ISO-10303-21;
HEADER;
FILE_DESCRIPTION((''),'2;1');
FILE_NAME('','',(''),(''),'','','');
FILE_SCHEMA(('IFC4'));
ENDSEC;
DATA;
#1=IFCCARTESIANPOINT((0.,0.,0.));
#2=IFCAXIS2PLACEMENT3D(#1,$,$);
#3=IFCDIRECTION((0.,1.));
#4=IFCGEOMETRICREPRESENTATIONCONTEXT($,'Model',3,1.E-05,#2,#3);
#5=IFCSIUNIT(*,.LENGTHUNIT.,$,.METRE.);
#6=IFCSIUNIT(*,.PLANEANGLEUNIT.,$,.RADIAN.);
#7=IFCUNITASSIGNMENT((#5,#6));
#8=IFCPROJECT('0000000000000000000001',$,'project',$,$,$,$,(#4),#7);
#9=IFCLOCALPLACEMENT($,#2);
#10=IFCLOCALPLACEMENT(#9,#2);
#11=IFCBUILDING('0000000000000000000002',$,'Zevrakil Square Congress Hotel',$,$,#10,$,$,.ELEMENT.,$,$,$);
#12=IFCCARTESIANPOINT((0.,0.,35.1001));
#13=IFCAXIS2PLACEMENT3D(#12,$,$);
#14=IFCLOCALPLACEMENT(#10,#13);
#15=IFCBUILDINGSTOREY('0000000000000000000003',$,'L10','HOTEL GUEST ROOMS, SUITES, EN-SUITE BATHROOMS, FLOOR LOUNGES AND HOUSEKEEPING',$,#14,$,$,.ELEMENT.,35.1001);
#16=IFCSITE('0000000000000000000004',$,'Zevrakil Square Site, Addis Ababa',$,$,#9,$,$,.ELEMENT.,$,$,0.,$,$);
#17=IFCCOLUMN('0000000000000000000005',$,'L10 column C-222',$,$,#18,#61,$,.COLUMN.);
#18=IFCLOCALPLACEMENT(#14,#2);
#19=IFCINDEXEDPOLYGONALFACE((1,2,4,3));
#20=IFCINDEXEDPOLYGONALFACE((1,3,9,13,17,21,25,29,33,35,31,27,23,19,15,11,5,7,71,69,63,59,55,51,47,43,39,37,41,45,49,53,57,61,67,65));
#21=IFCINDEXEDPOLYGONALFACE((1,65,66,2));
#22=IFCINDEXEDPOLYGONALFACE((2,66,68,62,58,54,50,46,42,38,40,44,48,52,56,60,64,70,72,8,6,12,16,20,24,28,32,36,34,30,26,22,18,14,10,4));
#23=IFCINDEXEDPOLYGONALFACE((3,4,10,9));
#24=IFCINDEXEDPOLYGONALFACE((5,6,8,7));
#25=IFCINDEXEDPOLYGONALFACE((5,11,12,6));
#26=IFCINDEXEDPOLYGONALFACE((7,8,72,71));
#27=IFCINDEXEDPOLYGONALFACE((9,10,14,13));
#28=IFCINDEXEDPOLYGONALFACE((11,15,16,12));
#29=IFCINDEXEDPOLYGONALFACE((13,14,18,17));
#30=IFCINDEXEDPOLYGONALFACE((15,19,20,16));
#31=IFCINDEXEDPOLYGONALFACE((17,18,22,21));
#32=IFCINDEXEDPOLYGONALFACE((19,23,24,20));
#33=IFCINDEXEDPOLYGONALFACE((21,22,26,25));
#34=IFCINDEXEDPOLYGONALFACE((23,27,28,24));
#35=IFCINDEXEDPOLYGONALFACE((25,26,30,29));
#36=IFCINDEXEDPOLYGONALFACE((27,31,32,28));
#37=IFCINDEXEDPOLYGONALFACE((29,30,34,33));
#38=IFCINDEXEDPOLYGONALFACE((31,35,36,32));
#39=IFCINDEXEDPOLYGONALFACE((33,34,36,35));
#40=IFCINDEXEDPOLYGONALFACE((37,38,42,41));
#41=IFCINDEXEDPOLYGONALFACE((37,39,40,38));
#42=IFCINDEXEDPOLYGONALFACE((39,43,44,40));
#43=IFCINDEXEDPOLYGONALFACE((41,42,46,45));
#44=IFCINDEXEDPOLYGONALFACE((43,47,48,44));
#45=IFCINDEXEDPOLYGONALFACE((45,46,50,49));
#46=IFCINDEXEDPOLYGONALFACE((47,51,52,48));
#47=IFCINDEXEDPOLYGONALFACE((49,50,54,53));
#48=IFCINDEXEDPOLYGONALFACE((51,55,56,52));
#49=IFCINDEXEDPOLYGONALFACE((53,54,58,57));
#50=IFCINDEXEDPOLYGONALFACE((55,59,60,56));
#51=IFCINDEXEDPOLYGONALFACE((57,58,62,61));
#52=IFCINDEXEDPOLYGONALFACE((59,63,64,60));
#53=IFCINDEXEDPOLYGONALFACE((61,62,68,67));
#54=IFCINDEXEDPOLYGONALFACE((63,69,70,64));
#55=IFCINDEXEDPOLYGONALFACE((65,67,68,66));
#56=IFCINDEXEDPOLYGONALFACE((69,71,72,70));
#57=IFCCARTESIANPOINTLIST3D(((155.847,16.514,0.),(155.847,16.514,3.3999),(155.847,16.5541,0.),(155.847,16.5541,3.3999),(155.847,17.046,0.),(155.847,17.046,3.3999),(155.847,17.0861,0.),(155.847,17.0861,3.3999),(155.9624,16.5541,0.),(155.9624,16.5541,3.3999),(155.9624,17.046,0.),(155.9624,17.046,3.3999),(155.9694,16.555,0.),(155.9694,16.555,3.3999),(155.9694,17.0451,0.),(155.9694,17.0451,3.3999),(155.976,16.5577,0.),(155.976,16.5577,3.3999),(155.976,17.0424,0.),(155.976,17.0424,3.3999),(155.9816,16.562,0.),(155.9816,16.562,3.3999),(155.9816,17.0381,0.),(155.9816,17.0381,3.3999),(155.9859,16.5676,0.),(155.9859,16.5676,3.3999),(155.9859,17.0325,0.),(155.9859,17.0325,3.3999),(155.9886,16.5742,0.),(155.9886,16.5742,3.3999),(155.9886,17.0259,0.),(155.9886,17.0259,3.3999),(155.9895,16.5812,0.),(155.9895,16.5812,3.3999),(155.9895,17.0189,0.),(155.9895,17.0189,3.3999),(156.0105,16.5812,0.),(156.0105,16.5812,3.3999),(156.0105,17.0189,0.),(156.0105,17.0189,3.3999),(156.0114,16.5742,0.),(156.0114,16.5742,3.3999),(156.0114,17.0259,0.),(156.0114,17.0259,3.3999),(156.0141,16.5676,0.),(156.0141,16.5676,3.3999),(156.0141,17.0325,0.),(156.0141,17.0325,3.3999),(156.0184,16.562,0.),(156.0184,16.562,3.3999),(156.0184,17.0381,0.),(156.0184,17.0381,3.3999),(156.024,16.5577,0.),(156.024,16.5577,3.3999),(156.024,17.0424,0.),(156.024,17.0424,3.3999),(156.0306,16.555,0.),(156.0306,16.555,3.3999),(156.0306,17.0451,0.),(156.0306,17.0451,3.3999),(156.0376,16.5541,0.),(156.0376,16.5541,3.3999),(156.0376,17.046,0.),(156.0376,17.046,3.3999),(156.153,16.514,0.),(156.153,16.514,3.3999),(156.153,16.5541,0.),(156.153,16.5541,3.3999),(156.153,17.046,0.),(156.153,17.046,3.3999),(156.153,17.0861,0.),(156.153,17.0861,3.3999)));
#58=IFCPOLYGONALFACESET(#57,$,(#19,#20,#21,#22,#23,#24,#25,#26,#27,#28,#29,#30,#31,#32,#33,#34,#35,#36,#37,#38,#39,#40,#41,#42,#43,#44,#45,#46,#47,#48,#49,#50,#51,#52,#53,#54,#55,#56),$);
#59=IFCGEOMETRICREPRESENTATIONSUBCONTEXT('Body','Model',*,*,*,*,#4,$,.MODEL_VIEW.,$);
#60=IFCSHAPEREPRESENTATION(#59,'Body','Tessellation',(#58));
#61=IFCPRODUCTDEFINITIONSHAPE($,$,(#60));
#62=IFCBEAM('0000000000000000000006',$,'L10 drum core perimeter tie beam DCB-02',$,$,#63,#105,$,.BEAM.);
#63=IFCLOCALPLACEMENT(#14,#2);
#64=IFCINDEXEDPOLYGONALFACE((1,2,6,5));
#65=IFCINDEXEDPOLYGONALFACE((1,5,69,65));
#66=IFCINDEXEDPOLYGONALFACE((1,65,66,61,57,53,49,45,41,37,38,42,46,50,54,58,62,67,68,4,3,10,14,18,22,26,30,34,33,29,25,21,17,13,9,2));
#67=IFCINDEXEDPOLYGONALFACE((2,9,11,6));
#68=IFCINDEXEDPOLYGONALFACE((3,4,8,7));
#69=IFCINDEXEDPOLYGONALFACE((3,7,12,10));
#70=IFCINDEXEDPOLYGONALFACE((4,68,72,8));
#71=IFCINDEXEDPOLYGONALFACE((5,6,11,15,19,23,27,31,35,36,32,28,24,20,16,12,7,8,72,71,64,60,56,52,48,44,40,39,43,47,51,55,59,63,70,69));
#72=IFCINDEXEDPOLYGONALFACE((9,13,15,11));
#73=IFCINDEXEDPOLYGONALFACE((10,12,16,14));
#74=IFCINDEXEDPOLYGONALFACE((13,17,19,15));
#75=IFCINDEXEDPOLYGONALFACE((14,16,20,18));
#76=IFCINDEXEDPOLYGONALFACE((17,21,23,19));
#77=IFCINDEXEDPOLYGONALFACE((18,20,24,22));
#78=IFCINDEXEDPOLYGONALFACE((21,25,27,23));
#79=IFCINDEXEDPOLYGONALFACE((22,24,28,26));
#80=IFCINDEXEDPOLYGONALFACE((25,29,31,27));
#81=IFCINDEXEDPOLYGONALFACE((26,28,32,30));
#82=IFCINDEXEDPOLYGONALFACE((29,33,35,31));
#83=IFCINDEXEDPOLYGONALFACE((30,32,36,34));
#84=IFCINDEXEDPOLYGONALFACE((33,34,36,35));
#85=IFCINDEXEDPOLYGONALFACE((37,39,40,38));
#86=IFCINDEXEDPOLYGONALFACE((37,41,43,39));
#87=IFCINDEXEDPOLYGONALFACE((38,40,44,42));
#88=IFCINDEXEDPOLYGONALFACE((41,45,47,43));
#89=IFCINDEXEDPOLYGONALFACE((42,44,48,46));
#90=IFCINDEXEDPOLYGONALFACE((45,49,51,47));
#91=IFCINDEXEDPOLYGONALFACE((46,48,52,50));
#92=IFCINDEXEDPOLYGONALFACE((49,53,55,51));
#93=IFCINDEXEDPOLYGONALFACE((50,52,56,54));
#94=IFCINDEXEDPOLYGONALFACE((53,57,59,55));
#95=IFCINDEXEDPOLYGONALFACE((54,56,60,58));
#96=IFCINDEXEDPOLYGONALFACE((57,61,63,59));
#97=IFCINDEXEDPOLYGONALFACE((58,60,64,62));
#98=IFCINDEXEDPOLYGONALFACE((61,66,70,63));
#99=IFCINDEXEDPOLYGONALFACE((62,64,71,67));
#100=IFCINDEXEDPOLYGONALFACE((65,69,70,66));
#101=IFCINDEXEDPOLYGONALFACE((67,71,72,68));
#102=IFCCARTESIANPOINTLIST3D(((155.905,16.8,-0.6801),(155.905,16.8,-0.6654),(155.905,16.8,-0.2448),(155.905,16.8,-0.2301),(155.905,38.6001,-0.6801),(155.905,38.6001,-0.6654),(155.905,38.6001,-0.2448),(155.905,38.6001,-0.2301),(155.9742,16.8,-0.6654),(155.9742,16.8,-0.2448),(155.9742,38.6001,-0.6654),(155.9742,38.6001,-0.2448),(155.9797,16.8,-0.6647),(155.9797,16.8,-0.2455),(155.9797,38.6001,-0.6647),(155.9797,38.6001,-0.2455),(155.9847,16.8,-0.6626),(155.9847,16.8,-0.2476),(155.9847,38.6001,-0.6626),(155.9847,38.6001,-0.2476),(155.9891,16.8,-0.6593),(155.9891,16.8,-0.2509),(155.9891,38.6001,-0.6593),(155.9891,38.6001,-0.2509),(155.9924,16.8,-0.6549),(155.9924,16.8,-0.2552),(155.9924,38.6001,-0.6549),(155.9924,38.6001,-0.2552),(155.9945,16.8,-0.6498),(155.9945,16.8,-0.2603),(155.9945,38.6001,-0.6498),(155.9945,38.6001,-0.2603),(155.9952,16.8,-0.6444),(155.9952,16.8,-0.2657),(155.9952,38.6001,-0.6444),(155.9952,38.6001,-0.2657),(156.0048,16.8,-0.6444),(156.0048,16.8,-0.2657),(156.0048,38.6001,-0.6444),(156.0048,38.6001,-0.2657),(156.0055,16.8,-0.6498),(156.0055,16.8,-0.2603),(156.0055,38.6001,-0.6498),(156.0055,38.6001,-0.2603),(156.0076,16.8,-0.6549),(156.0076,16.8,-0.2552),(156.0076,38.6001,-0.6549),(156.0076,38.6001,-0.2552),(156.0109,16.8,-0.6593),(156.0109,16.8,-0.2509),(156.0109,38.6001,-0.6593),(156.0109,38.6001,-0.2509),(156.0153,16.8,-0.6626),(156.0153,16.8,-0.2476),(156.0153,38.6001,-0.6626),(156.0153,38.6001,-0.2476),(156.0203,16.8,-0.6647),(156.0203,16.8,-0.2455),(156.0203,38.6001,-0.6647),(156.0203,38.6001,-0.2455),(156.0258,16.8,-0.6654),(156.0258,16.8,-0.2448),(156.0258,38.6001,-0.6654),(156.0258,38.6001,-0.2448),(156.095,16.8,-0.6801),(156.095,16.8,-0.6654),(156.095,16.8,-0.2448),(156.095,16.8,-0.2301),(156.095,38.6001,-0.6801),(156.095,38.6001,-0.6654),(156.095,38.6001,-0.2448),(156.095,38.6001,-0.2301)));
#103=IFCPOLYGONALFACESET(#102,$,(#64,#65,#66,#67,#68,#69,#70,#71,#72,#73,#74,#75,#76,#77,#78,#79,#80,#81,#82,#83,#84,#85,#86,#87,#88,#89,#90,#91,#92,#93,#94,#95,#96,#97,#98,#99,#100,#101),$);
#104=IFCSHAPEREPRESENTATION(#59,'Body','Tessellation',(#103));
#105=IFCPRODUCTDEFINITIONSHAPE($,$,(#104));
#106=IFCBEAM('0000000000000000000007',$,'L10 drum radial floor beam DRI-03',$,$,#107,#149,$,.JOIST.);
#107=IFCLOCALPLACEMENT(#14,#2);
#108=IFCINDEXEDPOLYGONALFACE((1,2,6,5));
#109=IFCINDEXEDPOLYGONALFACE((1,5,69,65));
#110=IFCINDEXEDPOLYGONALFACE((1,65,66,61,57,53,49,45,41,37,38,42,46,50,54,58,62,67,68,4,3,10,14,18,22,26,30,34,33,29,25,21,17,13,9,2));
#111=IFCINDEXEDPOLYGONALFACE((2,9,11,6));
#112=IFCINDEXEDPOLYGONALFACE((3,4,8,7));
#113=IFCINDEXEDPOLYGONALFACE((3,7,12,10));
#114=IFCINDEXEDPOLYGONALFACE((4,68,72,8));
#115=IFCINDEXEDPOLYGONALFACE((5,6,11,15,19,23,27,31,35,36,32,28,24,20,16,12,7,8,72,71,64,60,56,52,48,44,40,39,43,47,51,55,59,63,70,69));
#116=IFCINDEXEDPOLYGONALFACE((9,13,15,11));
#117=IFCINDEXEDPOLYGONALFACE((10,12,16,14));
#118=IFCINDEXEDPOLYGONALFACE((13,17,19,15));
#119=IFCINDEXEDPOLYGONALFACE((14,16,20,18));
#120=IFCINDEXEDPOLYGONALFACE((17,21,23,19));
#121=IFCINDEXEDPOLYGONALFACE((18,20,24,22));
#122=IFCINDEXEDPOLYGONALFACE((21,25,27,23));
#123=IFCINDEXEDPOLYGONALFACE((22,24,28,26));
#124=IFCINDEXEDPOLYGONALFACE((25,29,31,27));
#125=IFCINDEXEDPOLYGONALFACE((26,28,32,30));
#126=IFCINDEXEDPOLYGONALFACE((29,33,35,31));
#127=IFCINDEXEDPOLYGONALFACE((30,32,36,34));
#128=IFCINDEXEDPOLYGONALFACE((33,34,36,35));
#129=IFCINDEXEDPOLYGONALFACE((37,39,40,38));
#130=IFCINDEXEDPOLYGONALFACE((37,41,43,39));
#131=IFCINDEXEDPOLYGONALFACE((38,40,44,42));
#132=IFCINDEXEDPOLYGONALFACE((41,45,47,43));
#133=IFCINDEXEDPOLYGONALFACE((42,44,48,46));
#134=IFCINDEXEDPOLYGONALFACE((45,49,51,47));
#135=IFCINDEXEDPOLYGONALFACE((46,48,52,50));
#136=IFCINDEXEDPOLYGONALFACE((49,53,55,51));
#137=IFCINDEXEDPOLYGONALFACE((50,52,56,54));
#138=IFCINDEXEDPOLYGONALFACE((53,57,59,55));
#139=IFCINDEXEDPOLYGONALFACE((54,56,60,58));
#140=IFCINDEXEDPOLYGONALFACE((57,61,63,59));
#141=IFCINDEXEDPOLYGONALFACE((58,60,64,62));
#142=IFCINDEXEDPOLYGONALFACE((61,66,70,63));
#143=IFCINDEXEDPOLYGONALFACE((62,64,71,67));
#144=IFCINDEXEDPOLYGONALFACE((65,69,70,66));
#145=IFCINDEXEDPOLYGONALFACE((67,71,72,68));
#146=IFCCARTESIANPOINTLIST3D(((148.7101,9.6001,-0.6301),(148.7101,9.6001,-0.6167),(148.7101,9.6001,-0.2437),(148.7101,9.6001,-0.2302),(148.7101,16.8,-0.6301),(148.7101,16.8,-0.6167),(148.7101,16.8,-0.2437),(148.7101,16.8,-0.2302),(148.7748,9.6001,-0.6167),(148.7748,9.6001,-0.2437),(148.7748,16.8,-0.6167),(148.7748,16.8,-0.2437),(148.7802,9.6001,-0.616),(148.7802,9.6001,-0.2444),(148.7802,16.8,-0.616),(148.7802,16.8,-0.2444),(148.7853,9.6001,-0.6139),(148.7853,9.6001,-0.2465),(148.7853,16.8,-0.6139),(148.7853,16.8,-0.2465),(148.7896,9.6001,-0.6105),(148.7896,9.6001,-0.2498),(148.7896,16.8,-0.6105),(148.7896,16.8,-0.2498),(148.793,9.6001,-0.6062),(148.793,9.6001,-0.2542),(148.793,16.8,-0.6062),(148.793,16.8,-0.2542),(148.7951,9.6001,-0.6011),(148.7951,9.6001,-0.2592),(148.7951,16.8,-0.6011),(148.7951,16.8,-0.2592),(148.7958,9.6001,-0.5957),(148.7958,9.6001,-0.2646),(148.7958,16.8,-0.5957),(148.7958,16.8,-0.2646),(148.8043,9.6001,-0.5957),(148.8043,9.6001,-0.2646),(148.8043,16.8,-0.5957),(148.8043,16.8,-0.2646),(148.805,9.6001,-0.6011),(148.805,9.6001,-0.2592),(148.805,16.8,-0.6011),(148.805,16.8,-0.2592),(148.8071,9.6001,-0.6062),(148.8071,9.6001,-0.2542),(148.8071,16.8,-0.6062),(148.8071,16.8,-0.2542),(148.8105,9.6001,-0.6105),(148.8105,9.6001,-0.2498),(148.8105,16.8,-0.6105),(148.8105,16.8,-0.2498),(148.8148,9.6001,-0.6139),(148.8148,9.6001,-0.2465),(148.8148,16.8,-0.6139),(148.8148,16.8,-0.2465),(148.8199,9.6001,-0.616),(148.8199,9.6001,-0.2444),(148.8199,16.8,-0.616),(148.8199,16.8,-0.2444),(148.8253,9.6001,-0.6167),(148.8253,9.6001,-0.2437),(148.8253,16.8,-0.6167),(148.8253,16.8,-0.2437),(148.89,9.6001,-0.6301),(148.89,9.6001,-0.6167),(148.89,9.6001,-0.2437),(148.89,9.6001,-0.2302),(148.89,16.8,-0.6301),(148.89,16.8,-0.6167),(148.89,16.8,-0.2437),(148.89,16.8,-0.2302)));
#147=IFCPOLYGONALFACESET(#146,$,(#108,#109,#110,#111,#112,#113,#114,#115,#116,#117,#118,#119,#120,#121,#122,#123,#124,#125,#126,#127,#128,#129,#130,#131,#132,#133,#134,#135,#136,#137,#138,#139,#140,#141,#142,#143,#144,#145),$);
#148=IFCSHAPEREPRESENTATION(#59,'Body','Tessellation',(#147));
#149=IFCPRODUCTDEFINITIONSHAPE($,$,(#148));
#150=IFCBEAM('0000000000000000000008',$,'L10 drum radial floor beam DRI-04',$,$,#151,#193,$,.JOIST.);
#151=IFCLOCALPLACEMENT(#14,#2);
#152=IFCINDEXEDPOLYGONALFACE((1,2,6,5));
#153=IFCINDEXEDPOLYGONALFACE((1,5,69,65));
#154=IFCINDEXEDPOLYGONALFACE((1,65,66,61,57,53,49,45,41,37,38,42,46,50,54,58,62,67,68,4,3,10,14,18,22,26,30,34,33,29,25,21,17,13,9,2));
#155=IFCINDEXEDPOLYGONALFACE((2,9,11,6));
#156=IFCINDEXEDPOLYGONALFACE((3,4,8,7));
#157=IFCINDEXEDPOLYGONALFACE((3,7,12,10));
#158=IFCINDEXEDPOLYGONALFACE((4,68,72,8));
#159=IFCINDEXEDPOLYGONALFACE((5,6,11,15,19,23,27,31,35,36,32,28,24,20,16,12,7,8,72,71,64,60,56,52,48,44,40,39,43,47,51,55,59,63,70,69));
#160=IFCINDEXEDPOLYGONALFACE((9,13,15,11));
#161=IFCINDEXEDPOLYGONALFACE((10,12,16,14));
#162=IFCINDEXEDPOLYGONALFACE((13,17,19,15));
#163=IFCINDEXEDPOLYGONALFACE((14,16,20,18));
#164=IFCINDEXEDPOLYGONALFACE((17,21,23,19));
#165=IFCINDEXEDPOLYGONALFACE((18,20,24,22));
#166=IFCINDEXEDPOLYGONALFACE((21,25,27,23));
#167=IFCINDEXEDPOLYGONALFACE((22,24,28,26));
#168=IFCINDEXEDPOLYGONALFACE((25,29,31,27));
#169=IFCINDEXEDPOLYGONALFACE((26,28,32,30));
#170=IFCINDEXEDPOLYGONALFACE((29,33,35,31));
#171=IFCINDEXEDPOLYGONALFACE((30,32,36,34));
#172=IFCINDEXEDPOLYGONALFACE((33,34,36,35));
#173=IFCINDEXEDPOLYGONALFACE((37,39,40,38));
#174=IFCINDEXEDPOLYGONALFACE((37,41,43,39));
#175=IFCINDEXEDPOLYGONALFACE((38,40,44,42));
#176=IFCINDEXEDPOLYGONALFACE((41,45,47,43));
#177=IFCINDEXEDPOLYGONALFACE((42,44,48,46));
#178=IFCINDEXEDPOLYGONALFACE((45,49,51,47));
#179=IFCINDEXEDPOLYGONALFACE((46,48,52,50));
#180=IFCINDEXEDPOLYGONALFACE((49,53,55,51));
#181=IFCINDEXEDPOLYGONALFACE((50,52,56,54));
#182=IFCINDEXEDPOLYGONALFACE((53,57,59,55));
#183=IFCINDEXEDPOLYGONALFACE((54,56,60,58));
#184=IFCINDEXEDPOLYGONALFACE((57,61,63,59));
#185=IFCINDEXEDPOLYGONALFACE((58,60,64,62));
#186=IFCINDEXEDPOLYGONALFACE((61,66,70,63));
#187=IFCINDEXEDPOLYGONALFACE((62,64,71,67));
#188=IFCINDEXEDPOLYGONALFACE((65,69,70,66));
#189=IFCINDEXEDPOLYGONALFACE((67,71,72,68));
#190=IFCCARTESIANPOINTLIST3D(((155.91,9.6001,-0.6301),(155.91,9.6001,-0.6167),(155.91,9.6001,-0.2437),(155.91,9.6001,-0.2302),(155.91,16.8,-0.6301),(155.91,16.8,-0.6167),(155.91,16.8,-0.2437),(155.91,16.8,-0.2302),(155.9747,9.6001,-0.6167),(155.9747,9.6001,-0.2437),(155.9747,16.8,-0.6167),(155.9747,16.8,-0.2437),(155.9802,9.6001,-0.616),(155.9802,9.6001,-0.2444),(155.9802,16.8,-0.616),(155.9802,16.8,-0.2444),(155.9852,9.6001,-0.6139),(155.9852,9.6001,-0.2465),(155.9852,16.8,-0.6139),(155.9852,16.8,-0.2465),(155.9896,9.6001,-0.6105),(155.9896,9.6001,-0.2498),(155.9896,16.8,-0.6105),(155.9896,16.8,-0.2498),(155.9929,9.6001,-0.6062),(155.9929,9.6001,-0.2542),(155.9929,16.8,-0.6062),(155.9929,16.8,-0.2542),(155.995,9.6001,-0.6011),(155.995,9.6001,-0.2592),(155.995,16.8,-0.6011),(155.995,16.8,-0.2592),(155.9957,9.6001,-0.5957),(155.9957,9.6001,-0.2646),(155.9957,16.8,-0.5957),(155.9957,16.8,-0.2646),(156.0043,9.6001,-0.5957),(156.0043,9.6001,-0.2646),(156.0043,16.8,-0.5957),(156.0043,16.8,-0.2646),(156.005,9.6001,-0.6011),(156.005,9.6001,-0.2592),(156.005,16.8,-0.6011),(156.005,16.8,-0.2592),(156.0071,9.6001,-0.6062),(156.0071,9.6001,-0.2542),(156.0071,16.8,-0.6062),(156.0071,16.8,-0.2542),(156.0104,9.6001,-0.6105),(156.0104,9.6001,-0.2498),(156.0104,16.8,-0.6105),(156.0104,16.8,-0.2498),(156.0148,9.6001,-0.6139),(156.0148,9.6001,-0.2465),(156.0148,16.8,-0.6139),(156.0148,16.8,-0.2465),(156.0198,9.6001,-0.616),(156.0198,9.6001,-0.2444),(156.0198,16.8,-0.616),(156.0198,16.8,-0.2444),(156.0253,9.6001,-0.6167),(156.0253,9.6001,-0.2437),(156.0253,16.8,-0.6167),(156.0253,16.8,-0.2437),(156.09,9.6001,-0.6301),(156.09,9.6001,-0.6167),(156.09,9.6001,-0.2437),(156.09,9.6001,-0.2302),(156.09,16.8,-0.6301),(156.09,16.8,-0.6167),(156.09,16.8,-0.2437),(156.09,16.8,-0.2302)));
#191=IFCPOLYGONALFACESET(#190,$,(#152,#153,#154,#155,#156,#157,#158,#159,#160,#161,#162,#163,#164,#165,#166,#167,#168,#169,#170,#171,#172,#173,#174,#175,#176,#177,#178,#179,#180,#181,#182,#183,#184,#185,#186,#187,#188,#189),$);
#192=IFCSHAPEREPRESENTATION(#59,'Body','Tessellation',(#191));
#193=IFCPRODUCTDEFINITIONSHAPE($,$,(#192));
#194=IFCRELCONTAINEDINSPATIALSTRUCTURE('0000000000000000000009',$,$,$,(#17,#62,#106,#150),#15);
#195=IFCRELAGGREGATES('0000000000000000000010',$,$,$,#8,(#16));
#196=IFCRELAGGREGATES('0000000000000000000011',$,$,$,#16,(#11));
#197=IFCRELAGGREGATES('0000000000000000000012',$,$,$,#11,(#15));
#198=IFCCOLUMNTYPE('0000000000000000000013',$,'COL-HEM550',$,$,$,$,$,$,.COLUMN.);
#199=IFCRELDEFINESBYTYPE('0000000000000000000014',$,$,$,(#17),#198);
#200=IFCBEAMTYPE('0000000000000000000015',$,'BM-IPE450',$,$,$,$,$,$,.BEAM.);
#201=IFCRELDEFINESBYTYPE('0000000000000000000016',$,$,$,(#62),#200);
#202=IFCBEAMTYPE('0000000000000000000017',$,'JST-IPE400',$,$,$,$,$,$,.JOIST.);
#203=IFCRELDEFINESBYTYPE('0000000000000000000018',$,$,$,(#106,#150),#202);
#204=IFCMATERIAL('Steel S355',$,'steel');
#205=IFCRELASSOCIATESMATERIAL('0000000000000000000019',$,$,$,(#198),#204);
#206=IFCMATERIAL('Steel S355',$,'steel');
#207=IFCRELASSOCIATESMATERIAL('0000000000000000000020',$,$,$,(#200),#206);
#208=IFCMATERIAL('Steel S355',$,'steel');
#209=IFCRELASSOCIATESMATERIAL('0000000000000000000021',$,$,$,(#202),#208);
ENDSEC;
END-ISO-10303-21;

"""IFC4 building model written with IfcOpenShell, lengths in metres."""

from ifc_helpers import new_model, si_unit, direction, frame, origin, origin_2d, place, context, subcontext, project, spatial, i_section, extrude, material, material_profile, profile_set, type_object, element, save


model = new_model("IFC4")

# Units and contexts
model_context = context("Model", 3, precision=1e-05, world=origin(), true_north=direction((0.0, 1.0)))
body_context = subcontext(model_context, "Body", "Model", "MODEL_VIEW")
ifc_project = project(units=[si_unit("LENGTHUNIT", "METRE"), si_unit("PLANEANGLEUNIT", "RADIAN")], contexts=[model_context])

# Site, building, storey
site_placement = place(None, origin())
site = spatial("IfcSite", under=ifc_project, at=site_placement, Name="Zevrakil Square Site, Addis Ababa", CompositionType="ELEMENT", RefElevation=0.0)
building_placement = place(site_placement, origin())
building = spatial("IfcBuilding", under=site, at=building_placement, Name="Zevrakil Square Congress Hotel", CompositionType="ELEMENT")
storey_placement = place(building_placement, frame((0.0, 0.0, 35.1001)))
storey = spatial("IfcBuildingStorey", under=building, at=storey_placement, Name="L10", Description="HOTEL GUEST ROOMS, SUITES, EN-SUITE BATHROOMS, FLOOR LOUNGES AND HOUSEKEEPING", CompositionType="ELEMENT", Elevation=35.1001)

# Column
ifc_material_1 = material(Name="Steel S355", Category="steel")
ifc_material_profile_1 = material_profile(ifc_material_1, i_section(OverallWidth=0.3059, OverallDepth=0.572, WebThickness=0.021, FlangeThickness=0.04, FilletRadius=0.0271, at=origin_2d()), Name="HEM 550")
ifc_profile_set_1 = profile_set([ifc_material_profile_1], Name="Steel S355")
column_type = type_object("IfcColumnType", Name="COL-HEM550", PredefinedType="COLUMN", material=ifc_profile_set_1)
column_placement = place(storey_placement, frame((156.0, 16.8, 0.0), z_axis=(0.0, 0.0, 1.0), x_axis=(1.0, 0.0, 0.0)))
element("IfcColumn", 1, at=column_placement, inside=storey, type_object=column_type, Name="L10 column C-222", PredefinedType="COLUMN", context=body_context, shape_type="SweptSolid", body=[
    extrude(i_section(OverallWidth=0.3059, OverallDepth=0.572, WebThickness=0.021, FlangeThickness=0.04, FilletRadius=0.0271, at=origin_2d()), origin(), (0.0, 0.0, 1.0), 3.3999),
])

# Beams
ifc_material_2 = material(Name="Steel S355", Category="steel")
ifc_material_profile_2 = material_profile(ifc_material_2, i_section(OverallWidth=0.1899, OverallDepth=0.45, WebThickness=0.0095, FlangeThickness=0.0146, FilletRadius=0.021, at=origin_2d()), Name="IPE 450")
ifc_profile_set_2 = profile_set([ifc_material_profile_2], Name="Steel S355")
beam_type_1 = type_object("IfcBeamType", Name="BM-IPE450", PredefinedType="BEAM", material=ifc_profile_set_2)
beam_placement = place(storey_placement, frame((156.0, 16.8, -0.4551), z_axis=(0.0, 1.0, 0.0), x_axis=(-1.0, 0.0, 0.0)))
element("IfcBeam", 2, at=beam_placement, inside=storey, type_object=beam_type_1, Name="L10 drum core perimeter tie beam DCB-02", PredefinedType="BEAM", context=body_context, shape_type="SweptSolid", body=[
    extrude(i_section(OverallWidth=0.1899, OverallDepth=0.45, WebThickness=0.0095, FlangeThickness=0.0146, FilletRadius=0.021, at=origin_2d()), origin(), (0.0, 0.0, 1.0), 21.8),
])
ifc_material_3 = material(Name="Steel S355", Category="steel")
ifc_material_profile_3 = material_profile(ifc_material_3, i_section(OverallWidth=0.1799, OverallDepth=0.3999, WebThickness=0.0085, FlangeThickness=0.0134, FilletRadius=0.021, at=origin_2d()), Name="IPE 400")
ifc_profile_set_3 = profile_set([ifc_material_profile_3], Name="Steel S355")
beam_type_2 = type_object("IfcBeamType", Name="JST-IPE400", PredefinedType="JOIST", material=ifc_profile_set_3)
for number, where, z_axis, x_axis, name in (
    (3, (148.8, 16.8, -0.4302), (0.0, -1.0, 0.0), (1.0, 0.0, 0.0), "L10 drum radial floor beam DRI-03"),
    (4, (156.0, 16.8, -0.4302), (0.0, -1.0, 0.0), (1.0, 0.0, 0.0), "L10 drum radial floor beam DRI-04"),
):
    element("IfcBeam", number, at=place(storey_placement, frame(where, z_axis=z_axis, x_axis=x_axis)), inside=storey, type_object=beam_type_2, Name=name, PredefinedType="JOIST", context=body_context, shape_type="SweptSolid", body=[
        extrude(i_section(OverallWidth=0.1799, OverallDepth=0.3999, WebThickness=0.0085, FlangeThickness=0.0134, FilletRadius=0.021, at=origin_2d()), origin(), (0.0, 0.0, 1.0), 7.2),
    ])

save(model, "model.ifc")
